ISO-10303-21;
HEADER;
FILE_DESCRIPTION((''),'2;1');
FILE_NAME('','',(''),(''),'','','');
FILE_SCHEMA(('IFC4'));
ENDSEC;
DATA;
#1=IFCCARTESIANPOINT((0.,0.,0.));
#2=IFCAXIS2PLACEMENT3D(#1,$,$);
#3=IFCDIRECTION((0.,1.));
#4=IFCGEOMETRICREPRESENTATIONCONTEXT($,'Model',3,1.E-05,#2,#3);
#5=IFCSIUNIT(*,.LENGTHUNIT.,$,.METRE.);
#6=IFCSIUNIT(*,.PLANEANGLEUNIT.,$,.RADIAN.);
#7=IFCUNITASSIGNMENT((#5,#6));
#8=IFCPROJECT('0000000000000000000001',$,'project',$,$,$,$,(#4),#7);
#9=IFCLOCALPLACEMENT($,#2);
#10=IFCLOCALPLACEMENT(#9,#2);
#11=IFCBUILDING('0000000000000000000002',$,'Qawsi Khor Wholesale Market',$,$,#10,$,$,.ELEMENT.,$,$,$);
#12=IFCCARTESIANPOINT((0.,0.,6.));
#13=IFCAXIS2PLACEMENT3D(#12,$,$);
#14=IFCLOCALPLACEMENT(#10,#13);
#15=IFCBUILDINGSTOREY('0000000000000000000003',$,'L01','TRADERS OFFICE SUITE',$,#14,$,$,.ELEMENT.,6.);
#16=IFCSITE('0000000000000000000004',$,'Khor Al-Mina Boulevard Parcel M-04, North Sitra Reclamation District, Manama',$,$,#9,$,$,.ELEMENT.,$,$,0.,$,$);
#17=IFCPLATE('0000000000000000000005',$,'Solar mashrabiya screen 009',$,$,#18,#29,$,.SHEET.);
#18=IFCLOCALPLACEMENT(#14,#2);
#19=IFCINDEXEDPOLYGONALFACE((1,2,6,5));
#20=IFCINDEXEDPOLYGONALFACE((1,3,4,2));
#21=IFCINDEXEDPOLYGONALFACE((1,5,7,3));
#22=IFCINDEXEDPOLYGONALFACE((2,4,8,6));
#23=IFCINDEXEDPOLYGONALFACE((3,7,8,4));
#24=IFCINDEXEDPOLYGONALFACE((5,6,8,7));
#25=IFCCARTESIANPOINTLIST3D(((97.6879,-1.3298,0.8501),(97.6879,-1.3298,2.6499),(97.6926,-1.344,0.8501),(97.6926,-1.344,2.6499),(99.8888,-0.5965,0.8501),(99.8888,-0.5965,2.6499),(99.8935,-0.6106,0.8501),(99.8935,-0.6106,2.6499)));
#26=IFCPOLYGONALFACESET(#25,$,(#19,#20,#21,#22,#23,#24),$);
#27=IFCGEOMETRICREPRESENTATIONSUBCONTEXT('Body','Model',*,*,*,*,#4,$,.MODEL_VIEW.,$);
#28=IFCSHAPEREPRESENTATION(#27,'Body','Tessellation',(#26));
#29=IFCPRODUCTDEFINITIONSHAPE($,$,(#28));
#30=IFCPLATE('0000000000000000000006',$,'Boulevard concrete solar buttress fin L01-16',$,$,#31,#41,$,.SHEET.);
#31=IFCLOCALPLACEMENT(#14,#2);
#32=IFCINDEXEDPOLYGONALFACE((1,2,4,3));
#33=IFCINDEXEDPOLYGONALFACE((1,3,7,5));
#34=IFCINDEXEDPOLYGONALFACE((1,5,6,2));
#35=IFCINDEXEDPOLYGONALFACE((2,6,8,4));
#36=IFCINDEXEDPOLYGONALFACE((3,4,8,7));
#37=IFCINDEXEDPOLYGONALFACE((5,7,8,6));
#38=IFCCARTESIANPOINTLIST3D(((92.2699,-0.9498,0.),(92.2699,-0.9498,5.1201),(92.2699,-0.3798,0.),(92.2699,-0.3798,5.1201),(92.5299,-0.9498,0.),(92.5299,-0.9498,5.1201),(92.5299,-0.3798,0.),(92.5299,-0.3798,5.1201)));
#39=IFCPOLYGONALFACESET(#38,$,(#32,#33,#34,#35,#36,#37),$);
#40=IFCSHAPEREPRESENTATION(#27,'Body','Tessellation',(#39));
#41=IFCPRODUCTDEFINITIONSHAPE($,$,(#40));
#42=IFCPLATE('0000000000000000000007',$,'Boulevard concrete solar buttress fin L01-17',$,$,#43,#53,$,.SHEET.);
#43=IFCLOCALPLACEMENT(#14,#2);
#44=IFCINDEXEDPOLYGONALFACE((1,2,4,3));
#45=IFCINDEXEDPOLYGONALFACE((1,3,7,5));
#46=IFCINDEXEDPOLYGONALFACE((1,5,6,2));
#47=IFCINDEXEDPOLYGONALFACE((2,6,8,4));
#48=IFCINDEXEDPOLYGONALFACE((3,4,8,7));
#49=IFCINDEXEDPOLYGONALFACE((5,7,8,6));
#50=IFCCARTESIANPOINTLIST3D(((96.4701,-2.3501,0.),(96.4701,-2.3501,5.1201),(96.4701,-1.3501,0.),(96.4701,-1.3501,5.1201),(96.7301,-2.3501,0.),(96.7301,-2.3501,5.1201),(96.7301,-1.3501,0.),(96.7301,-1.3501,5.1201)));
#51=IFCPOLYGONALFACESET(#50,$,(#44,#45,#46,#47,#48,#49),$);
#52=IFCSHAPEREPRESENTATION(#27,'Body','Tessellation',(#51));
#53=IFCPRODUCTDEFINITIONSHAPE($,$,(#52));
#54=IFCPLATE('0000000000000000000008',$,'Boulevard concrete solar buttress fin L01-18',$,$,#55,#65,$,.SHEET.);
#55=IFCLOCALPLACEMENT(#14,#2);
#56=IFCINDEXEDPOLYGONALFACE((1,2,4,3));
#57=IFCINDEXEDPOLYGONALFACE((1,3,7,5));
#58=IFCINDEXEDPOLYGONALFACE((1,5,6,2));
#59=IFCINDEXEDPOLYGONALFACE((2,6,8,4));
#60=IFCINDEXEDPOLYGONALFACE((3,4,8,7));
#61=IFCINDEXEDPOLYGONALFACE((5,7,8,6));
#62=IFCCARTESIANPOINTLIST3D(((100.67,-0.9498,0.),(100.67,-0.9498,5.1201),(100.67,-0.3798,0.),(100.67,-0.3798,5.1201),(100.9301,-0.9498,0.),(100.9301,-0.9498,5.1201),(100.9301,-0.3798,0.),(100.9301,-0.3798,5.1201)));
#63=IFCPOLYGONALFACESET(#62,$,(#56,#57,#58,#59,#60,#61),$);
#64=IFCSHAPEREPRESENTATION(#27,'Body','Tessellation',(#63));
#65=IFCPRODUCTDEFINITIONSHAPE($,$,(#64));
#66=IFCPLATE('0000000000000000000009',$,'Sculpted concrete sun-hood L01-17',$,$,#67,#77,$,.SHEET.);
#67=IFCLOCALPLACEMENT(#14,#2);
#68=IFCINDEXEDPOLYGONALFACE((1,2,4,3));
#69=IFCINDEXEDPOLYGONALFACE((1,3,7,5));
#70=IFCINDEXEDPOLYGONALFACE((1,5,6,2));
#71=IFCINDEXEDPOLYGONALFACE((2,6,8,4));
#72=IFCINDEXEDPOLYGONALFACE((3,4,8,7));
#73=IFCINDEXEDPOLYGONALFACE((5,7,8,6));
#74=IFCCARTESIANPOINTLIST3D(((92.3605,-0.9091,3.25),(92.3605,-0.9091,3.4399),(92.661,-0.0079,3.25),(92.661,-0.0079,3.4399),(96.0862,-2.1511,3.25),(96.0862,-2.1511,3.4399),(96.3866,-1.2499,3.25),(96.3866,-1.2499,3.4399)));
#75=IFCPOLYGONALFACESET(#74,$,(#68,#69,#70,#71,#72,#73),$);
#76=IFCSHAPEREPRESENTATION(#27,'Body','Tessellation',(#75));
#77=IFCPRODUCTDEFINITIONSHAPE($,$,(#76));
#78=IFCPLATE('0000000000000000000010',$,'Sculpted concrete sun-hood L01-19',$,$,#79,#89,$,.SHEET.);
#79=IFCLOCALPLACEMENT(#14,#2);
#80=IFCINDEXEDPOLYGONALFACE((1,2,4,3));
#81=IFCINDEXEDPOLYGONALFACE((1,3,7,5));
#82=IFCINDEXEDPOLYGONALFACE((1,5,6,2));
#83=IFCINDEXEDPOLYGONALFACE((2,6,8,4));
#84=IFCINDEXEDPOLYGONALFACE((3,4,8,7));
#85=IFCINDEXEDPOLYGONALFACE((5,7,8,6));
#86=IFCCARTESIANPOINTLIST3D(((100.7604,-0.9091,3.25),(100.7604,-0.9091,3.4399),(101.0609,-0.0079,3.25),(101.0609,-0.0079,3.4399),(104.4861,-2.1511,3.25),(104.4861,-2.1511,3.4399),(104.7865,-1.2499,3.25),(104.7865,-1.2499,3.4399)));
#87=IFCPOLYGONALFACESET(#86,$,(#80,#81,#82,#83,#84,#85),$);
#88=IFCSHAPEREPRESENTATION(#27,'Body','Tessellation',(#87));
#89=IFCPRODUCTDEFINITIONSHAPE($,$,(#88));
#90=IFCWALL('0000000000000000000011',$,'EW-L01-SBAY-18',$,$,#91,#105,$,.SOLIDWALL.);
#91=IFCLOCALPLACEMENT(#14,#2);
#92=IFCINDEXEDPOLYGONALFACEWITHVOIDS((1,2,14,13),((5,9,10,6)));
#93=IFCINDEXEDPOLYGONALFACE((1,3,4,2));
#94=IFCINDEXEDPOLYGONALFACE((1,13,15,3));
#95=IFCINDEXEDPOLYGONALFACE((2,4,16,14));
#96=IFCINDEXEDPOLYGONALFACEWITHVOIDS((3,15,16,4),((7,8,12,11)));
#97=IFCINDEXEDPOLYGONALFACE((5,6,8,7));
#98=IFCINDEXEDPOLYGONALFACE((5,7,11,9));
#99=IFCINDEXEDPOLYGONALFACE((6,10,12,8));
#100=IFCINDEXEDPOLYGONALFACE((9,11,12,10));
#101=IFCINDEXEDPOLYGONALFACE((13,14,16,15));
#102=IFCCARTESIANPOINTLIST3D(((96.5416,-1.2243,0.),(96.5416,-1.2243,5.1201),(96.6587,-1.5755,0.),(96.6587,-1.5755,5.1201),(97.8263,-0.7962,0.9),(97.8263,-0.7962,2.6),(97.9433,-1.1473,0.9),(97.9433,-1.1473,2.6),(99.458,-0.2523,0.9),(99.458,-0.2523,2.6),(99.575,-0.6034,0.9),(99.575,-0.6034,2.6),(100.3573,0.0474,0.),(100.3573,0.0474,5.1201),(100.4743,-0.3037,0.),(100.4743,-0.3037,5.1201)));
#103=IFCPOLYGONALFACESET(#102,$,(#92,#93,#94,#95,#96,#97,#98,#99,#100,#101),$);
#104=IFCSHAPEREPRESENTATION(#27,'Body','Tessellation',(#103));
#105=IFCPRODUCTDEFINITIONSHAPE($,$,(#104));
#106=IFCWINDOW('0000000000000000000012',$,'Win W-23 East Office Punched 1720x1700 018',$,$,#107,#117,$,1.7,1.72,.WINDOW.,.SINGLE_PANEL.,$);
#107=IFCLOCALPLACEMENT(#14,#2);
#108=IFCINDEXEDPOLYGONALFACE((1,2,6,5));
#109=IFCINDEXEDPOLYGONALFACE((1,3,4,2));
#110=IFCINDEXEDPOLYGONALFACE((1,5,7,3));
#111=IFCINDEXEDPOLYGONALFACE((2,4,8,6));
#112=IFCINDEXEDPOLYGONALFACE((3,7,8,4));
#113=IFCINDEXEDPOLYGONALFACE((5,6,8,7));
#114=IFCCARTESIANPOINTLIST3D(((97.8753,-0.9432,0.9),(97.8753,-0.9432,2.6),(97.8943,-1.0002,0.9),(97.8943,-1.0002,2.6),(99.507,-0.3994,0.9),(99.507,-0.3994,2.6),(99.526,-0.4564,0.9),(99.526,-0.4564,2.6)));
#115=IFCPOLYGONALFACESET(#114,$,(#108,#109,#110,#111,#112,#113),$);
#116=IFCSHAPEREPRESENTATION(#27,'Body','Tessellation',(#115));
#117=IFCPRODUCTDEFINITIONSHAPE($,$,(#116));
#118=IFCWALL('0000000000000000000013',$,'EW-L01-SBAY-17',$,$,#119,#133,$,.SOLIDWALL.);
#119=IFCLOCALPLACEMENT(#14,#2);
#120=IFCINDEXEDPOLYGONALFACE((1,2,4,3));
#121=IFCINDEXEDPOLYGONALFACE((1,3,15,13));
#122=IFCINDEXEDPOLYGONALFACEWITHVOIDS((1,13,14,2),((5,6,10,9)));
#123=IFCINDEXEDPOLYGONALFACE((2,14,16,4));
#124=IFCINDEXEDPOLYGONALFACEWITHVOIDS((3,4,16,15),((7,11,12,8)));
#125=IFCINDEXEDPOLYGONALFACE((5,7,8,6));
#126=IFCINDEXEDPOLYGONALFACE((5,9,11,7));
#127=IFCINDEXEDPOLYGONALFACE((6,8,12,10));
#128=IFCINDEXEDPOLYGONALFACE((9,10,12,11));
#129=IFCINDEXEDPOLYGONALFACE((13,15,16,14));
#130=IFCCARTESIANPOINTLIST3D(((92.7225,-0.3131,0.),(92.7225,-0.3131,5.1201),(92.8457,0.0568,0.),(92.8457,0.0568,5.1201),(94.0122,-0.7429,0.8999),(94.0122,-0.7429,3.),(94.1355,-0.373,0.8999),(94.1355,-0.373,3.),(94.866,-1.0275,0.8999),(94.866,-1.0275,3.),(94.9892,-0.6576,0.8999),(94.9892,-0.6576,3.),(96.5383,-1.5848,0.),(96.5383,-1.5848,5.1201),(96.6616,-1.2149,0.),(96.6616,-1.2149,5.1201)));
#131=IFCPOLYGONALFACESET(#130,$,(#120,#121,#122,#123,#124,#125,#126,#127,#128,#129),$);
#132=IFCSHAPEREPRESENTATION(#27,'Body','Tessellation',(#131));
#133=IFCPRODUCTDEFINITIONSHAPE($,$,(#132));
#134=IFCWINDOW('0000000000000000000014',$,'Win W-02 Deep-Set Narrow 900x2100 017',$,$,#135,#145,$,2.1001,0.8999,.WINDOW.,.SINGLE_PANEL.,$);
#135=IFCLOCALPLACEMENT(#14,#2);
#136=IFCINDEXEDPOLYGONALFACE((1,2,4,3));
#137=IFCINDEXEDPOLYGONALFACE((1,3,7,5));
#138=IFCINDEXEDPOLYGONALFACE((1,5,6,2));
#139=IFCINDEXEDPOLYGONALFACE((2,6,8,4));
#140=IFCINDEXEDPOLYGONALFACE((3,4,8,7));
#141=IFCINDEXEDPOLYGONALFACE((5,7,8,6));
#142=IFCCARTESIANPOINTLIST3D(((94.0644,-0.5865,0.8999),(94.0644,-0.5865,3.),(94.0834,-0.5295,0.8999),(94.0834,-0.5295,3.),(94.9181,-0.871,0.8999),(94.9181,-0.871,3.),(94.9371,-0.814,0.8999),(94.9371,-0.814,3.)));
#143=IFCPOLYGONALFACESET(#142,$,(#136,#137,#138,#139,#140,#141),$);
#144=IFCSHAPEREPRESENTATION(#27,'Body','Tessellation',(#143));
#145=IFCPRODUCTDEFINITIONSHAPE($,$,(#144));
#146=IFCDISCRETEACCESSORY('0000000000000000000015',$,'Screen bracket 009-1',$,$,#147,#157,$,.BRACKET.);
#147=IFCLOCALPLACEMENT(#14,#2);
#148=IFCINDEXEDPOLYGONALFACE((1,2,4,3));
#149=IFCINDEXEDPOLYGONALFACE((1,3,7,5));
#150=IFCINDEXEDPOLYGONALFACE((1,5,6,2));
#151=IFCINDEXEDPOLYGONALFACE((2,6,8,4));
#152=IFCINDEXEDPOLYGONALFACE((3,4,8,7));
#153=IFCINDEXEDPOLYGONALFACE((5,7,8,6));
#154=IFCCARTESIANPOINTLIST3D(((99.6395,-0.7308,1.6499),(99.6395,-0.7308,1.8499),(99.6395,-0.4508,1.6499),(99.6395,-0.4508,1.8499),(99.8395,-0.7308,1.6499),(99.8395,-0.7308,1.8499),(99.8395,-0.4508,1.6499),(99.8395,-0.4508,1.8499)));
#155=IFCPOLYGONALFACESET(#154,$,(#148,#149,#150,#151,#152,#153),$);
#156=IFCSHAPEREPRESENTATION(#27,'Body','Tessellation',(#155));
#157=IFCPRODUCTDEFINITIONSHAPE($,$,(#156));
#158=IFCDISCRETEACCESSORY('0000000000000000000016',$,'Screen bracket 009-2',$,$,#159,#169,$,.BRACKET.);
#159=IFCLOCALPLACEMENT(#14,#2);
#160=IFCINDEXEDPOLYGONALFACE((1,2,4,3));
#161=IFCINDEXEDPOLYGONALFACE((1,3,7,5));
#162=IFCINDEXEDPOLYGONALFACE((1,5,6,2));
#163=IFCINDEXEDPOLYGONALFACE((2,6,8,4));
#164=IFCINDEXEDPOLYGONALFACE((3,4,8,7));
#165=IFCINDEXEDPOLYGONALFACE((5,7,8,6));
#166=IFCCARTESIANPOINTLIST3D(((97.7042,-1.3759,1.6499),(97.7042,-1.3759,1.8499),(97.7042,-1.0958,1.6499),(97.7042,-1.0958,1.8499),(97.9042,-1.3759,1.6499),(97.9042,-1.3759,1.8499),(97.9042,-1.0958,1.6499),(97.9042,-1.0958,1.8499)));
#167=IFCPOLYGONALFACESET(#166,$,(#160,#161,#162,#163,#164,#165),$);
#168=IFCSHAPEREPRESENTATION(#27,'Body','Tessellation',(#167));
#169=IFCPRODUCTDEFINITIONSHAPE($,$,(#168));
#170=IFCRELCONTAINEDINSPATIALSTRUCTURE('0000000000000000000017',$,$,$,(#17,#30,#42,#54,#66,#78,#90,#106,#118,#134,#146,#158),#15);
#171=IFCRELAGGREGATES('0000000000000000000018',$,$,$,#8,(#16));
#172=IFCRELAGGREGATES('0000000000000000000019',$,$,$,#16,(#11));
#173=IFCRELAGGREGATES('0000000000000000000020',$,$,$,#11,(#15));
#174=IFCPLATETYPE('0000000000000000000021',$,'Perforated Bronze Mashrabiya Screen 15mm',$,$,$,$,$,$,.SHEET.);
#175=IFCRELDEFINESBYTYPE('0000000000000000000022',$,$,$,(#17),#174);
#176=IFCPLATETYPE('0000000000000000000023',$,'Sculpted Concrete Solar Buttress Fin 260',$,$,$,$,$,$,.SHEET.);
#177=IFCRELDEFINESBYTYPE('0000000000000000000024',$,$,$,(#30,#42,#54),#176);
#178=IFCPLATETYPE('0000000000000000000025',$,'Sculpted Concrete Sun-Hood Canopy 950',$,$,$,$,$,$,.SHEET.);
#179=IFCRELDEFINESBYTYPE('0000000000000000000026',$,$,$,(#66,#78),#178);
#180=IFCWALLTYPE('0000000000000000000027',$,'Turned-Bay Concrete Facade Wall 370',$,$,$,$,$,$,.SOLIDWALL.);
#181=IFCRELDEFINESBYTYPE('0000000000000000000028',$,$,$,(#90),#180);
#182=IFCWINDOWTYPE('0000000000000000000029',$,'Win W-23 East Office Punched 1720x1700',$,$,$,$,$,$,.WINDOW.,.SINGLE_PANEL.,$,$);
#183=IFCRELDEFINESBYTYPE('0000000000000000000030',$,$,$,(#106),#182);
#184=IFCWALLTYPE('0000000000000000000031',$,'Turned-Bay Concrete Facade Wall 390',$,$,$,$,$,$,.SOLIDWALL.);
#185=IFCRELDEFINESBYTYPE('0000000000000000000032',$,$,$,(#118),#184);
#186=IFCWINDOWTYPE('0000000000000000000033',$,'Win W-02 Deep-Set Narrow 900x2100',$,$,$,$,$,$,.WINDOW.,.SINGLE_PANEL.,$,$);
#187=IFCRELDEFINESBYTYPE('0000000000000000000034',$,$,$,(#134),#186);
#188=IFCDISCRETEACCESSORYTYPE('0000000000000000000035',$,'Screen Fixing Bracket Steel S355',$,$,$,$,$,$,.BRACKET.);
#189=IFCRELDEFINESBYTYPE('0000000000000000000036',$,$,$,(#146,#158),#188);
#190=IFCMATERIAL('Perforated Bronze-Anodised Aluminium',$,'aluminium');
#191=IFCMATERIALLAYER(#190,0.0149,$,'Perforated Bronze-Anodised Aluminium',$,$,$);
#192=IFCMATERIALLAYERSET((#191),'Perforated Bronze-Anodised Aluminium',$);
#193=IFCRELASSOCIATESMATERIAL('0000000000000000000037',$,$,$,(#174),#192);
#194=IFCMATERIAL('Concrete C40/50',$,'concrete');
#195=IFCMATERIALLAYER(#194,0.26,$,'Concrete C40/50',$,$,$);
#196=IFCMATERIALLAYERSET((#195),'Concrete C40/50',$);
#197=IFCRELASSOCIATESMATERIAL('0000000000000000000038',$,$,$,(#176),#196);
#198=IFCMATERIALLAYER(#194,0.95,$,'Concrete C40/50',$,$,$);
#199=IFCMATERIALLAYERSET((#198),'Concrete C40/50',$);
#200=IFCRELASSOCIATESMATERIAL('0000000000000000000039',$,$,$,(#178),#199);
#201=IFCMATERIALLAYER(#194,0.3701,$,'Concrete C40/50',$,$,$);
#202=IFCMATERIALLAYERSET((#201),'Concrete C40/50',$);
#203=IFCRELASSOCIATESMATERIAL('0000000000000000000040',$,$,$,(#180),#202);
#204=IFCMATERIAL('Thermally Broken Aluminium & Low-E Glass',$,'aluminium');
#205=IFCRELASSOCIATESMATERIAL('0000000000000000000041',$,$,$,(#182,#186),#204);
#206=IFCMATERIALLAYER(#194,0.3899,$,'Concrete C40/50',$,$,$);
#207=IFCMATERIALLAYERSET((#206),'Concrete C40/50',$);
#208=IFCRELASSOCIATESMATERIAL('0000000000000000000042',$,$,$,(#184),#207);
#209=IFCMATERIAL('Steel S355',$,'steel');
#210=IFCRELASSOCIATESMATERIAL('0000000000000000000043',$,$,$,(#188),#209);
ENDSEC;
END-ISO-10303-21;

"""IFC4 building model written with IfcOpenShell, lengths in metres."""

from ifc_helpers import new_model, si_unit, direction, frame, frame_2d, origin, origin_2d, place, context, subcontext, project, spatial, rectangle, extrude, material, layer, layer_set, type_object, element, fill, save


model = new_model("IFC4")

# Units and contexts
model_context = context("Model", 3, precision=1e-05, world=origin(), true_north=direction((0.0, 1.0)))
body_context = subcontext(model_context, "Body", "Model", "MODEL_VIEW")
ifc_project = project(units=[si_unit("LENGTHUNIT", "METRE"), si_unit("PLANEANGLEUNIT", "RADIAN")], contexts=[model_context])

# Site, building, storey
site_placement = place(None, origin())
site = spatial("IfcSite", under=ifc_project, at=site_placement, Name="Khor Al-Mina Boulevard Parcel M-04, North Sitra Reclamation District, Manama", CompositionType="ELEMENT", RefElevation=0.0)
building_placement = place(site_placement, origin())
building = spatial("IfcBuilding", under=site, at=building_placement, Name="Qawsi Khor Wholesale Market", CompositionType="ELEMENT")
storey_placement = place(building_placement, frame((0.0, 0.0, 6.0)))
storey = spatial("IfcBuildingStorey", under=building, at=storey_placement, Name="L01", Description="TRADERS OFFICE SUITE", CompositionType="ELEMENT", Elevation=6.0)

# Shared definitions
ifc_material_1 = material(Name="Concrete C40/50", Category="concrete")

# Shared definitions
ifc_material_2 = material(Name="Steel S355", Category="steel")

# Plates
ifc_material_3 = material(Name="Perforated Bronze-Anodised Aluminium", Category="aluminium")
ifc_layer_1 = layer(ifc_material_3, 0.0149, Name="Perforated Bronze-Anodised Aluminium")
ifc_layer_set_1 = layer_set([ifc_layer_1], Name="Perforated Bronze-Anodised Aluminium")
plate_type_1 = type_object("IfcPlateType", Name="Perforated Bronze Mashrabiya Screen 15mm", PredefinedType="SHEET", material=ifc_layer_set_1)
plate_1_placement = place(storey_placement, frame((99.8911, -0.6035, 0.8501), z_axis=(0.0, 0.0, 1.0), x_axis=(-0.948715, -0.316133, 0.0)))
element("IfcPlate", 1, at=plate_1_placement, inside=storey, type_object=plate_type_1, Name="Solar mashrabiya screen 009", PredefinedType="SHEET", context=body_context, shape_type="SweptSolid", body=[
    extrude(rectangle(XDim=2.3198, YDim=0.0149, at=frame_2d((1.1599, 0.0))), origin(), (0.0, 0.0, 1.0), 1.7998),
])
ifc_layer_2 = layer(ifc_material_1, 0.26, Name="Concrete C40/50")
ifc_layer_set_2 = layer_set([ifc_layer_2], Name="Concrete C40/50")
plate_type_2 = type_object("IfcPlateType", Name="Sculpted Concrete Solar Buttress Fin 260", PredefinedType="SHEET", material=ifc_layer_set_2)
plate_2_placement = place(storey_placement, frame((92.3999, -0.95, 0.0), z_axis=(0.0, 0.0, 1.0), x_axis=(0.0, 1.0, 0.0)))
element("IfcPlate", 2, at=plate_2_placement, inside=storey, type_object=plate_type_2, Name="Boulevard concrete solar buttress fin L01-16", PredefinedType="SHEET", context=body_context, shape_type="SweptSolid", body=[
    extrude(rectangle(XDim=0.5701, YDim=0.26, at=frame_2d((0.2852, 0.0))), origin(), (0.0, 0.0, 1.0), 5.1201),
])
plate_3_placement = place(storey_placement, frame((96.6001, -2.3501, 0.0), z_axis=(0.0, 0.0, 1.0), x_axis=(0.0, 1.0, 0.0)))
element("IfcPlate", 3, at=plate_3_placement, inside=storey, type_object=plate_type_2, Name="Boulevard concrete solar buttress fin L01-17", PredefinedType="SHEET", context=body_context, shape_type="SweptSolid", body=[
    extrude(rectangle(XDim=1.0, YDim=0.26, at=frame_2d((0.5, 0.0))), origin(), (0.0, 0.0, 1.0), 5.1201),
])
plate_4_placement = place(storey_placement, frame((100.8, -0.95, 0.0), z_axis=(0.0, 0.0, 1.0), x_axis=(0.0, 1.0, 0.0)))
element("IfcPlate", 4, at=plate_4_placement, inside=storey, type_object=plate_type_2, Name="Boulevard concrete solar buttress fin L01-18", PredefinedType="SHEET", context=body_context, shape_type="SweptSolid", body=[
    extrude(rectangle(XDim=0.5701, YDim=0.26, at=frame_2d((0.2852, 0.0))), origin(), (0.0, 0.0, 1.0), 5.1201),
])
ifc_layer_3 = layer(ifc_material_1, 0.95, Name="Concrete C40/50")
ifc_layer_set_3 = layer_set([ifc_layer_3], Name="Concrete C40/50")
plate_type_3 = type_object("IfcPlateType", Name="Sculpted Concrete Sun-Hood Canopy 950", PredefinedType="SHEET", material=ifc_layer_set_3)
for number, where, z_axis, x_axis, name in (
    (5, (92.5107, -0.4585, 3.25), (0.0, 0.0, 1.0), (0.948677, -0.316246, 0.0), "Sculpted concrete sun-hood L01-17"),
    (6, (100.9106, -0.4585, 3.25), (0.0, 0.0, 1.0), (0.948677, -0.316246, 0.0), "Sculpted concrete sun-hood L01-19"),
):
    element("IfcPlate", number, at=place(storey_placement, frame(where, z_axis=z_axis, x_axis=x_axis)), inside=storey, type_object=plate_type_3, Name=name, PredefinedType="SHEET", context=body_context, shape_type="SweptSolid", body=[
        extrude(rectangle(XDim=3.9272, YDim=0.95, at=frame_2d((1.9636, 0.0))), origin(), (0.0, 0.0, 1.0), 0.1899),
    ])

# Walls, openings, windows
ifc_layer_4 = layer(ifc_material_1, 0.3701, Name="Concrete C40/50")
ifc_layer_set_4 = layer_set([ifc_layer_4], Name="Concrete C40/50")
wall_type_1 = type_object("IfcWallType", Name="Turned-Bay Concrete Facade Wall 370", PredefinedType="SOLIDWALL", material=ifc_layer_set_4)
wall_1_placement = place(storey_placement, frame((100.4158, -0.1282, 0.0), z_axis=(0.0, 0.0, 1.0), x_axis=(-0.948695, -0.316191, 0.0)))
wall_1 = element("IfcWall", 7, at=wall_1_placement, inside=storey, type_object=wall_type_1, Name="EW-L01-SBAY-18", PredefinedType="SOLIDWALL", context=body_context, shape_type="SweptSolid", body=[
    extrude(rectangle(XDim=4.022, YDim=0.3701, at=frame_2d((2.011, 0.0))), origin(), (0.0, 0.0, 1.0), 5.1201),
])
opening_1_placement = place(wall_1_placement, frame((0.948, 0.0, 0.8999)))
opening_1 = element("IfcOpeningElement", 8, at=opening_1_placement, cuts=wall_1, PredefinedType="OPENING", context=body_context, shape_type="SweptSolid", body=[
    extrude(rectangle(XDim=1.72, YDim=1.7, at=frame_2d((0.8599, 0.8501))), frame((0.0, 0.1951, 0.0), z_axis=(0.0, -1.0, 0.0), x_axis=(1.0, 0.0, 0.0)), (0.0, 0.0, 1.0), 0.3901),
])
ifc_material_4 = material(Name="Thermally Broken Aluminium & Low-E Glass", Category="aluminium")
window_type_1 = type_object("IfcWindowType", Name="Win W-23 East Office Punched 1720x1700", PartitioningType="SINGLE_PANEL", PredefinedType="WINDOW", material=ifc_material_4)
window_1_placement = place(opening_1_placement, origin())
window_1 = element("IfcWindow", 9, at=window_1_placement, inside=storey, type_object=window_type_1, Name="Win W-23 East Office Punched 1720x1700 018", OverallHeight=1.7, OverallWidth=1.72, PartitioningType="SINGLE_PANEL", PredefinedType="WINDOW", context=body_context, shape_type="SweptSolid", body=[
    extrude(rectangle(XDim=1.72, YDim=1.7, at=frame_2d((0.8599, 0.8501))), frame((0.0, 0.03, 0.0), z_axis=(0.0, -1.0, 0.0), x_axis=(1.0, 0.0, 0.0)), (0.0, 0.0, 1.0), 0.0601),
])
fill(opening_1, window_1)
ifc_layer_5 = layer(ifc_material_1, 0.3899, Name="Concrete C40/50")
ifc_layer_set_5 = layer_set([ifc_layer_5], Name="Concrete C40/50")
wall_type_2 = type_object("IfcWallType", Name="Turned-Bay Concrete Facade Wall 390", PredefinedType="SOLIDWALL", material=ifc_layer_set_5)
wall_2_placement = place(storey_placement, frame((96.6001, -1.3999, 0.0), z_axis=(0.0, 0.0, 1.0), x_axis=(-0.948702, 0.316173, 0.0)))
wall_2 = element("IfcWall", 10, at=wall_2_placement, inside=storey, type_object=wall_type_2, Name="EW-L01-SBAY-17", PredefinedType="SOLIDWALL", context=body_context, shape_type="SweptSolid", body=[
    extrude(rectangle(XDim=4.0222, YDim=0.3899, at=frame_2d((2.0112, 0.0))), origin(), (0.0, 0.0, 1.0), 5.1201),
])
opening_2_placement = place(wall_2_placement, frame((1.7629, 0.0, 0.8999)))
opening_2 = element("IfcOpeningElement", 11, at=opening_2_placement, cuts=wall_2, PredefinedType="OPENING", context=body_context, shape_type="SweptSolid", body=[
    extrude(rectangle(XDim=0.8999, YDim=2.1001, at=frame_2d((0.45, 1.05))), frame((0.0, 0.2048, 0.0), z_axis=(0.0, -1.0, 0.0), x_axis=(1.0, 0.0, 0.0)), (0.0, 0.0, 1.0), 0.4099),
])
window_type_2 = type_object("IfcWindowType", Name="Win W-02 Deep-Set Narrow 900x2100", PartitioningType="SINGLE_PANEL", PredefinedType="WINDOW", material=ifc_material_4)
window_2_placement = place(opening_2_placement, origin())
window_2 = element("IfcWindow", 12, at=window_2_placement, inside=storey, type_object=window_type_2, Name="Win W-02 Deep-Set Narrow 900x2100 017", OverallHeight=2.1001, OverallWidth=0.8999, PartitioningType="SINGLE_PANEL", PredefinedType="WINDOW", context=body_context, shape_type="SweptSolid", body=[
    extrude(rectangle(XDim=0.8999, YDim=2.1001, at=frame_2d((0.45, 1.05))), frame((0.0, 0.03, 0.0), z_axis=(0.0, -1.0, 0.0), x_axis=(1.0, 0.0, 0.0)), (0.0, 0.0, 1.0), 0.0601),
])
fill(opening_2, window_2)

# Discrete accessories
discrete_accessory_type = type_object("IfcDiscreteAccessoryType", Name="Screen Fixing Bracket Steel S355", PredefinedType="BRACKET", material=ifc_material_2)
for number, where, z_axis, x_axis, name in (
    (13, (99.7395, -0.5908, 1.6499), (0.0, 0.0, 1.0), (1.0, 0.0, 0.0), "Screen bracket 009-1"),
    (14, (97.8042, -1.2358, 1.6499), (0.0, 0.0, 1.0), (1.0, 0.0, 0.0), "Screen bracket 009-2"),
):
    element("IfcDiscreteAccessory", number, at=place(storey_placement, frame(where, z_axis=z_axis, x_axis=x_axis)), inside=storey, type_object=discrete_accessory_type, Name=name, PredefinedType="BRACKET", context=body_context, shape_type="SweptSolid", body=[
        extrude(rectangle(XDim=0.2, YDim=0.28, at=origin_2d()), origin(), (0.0, 0.0, 1.0), 0.2),
    ])

save(model, "model.ifc")
